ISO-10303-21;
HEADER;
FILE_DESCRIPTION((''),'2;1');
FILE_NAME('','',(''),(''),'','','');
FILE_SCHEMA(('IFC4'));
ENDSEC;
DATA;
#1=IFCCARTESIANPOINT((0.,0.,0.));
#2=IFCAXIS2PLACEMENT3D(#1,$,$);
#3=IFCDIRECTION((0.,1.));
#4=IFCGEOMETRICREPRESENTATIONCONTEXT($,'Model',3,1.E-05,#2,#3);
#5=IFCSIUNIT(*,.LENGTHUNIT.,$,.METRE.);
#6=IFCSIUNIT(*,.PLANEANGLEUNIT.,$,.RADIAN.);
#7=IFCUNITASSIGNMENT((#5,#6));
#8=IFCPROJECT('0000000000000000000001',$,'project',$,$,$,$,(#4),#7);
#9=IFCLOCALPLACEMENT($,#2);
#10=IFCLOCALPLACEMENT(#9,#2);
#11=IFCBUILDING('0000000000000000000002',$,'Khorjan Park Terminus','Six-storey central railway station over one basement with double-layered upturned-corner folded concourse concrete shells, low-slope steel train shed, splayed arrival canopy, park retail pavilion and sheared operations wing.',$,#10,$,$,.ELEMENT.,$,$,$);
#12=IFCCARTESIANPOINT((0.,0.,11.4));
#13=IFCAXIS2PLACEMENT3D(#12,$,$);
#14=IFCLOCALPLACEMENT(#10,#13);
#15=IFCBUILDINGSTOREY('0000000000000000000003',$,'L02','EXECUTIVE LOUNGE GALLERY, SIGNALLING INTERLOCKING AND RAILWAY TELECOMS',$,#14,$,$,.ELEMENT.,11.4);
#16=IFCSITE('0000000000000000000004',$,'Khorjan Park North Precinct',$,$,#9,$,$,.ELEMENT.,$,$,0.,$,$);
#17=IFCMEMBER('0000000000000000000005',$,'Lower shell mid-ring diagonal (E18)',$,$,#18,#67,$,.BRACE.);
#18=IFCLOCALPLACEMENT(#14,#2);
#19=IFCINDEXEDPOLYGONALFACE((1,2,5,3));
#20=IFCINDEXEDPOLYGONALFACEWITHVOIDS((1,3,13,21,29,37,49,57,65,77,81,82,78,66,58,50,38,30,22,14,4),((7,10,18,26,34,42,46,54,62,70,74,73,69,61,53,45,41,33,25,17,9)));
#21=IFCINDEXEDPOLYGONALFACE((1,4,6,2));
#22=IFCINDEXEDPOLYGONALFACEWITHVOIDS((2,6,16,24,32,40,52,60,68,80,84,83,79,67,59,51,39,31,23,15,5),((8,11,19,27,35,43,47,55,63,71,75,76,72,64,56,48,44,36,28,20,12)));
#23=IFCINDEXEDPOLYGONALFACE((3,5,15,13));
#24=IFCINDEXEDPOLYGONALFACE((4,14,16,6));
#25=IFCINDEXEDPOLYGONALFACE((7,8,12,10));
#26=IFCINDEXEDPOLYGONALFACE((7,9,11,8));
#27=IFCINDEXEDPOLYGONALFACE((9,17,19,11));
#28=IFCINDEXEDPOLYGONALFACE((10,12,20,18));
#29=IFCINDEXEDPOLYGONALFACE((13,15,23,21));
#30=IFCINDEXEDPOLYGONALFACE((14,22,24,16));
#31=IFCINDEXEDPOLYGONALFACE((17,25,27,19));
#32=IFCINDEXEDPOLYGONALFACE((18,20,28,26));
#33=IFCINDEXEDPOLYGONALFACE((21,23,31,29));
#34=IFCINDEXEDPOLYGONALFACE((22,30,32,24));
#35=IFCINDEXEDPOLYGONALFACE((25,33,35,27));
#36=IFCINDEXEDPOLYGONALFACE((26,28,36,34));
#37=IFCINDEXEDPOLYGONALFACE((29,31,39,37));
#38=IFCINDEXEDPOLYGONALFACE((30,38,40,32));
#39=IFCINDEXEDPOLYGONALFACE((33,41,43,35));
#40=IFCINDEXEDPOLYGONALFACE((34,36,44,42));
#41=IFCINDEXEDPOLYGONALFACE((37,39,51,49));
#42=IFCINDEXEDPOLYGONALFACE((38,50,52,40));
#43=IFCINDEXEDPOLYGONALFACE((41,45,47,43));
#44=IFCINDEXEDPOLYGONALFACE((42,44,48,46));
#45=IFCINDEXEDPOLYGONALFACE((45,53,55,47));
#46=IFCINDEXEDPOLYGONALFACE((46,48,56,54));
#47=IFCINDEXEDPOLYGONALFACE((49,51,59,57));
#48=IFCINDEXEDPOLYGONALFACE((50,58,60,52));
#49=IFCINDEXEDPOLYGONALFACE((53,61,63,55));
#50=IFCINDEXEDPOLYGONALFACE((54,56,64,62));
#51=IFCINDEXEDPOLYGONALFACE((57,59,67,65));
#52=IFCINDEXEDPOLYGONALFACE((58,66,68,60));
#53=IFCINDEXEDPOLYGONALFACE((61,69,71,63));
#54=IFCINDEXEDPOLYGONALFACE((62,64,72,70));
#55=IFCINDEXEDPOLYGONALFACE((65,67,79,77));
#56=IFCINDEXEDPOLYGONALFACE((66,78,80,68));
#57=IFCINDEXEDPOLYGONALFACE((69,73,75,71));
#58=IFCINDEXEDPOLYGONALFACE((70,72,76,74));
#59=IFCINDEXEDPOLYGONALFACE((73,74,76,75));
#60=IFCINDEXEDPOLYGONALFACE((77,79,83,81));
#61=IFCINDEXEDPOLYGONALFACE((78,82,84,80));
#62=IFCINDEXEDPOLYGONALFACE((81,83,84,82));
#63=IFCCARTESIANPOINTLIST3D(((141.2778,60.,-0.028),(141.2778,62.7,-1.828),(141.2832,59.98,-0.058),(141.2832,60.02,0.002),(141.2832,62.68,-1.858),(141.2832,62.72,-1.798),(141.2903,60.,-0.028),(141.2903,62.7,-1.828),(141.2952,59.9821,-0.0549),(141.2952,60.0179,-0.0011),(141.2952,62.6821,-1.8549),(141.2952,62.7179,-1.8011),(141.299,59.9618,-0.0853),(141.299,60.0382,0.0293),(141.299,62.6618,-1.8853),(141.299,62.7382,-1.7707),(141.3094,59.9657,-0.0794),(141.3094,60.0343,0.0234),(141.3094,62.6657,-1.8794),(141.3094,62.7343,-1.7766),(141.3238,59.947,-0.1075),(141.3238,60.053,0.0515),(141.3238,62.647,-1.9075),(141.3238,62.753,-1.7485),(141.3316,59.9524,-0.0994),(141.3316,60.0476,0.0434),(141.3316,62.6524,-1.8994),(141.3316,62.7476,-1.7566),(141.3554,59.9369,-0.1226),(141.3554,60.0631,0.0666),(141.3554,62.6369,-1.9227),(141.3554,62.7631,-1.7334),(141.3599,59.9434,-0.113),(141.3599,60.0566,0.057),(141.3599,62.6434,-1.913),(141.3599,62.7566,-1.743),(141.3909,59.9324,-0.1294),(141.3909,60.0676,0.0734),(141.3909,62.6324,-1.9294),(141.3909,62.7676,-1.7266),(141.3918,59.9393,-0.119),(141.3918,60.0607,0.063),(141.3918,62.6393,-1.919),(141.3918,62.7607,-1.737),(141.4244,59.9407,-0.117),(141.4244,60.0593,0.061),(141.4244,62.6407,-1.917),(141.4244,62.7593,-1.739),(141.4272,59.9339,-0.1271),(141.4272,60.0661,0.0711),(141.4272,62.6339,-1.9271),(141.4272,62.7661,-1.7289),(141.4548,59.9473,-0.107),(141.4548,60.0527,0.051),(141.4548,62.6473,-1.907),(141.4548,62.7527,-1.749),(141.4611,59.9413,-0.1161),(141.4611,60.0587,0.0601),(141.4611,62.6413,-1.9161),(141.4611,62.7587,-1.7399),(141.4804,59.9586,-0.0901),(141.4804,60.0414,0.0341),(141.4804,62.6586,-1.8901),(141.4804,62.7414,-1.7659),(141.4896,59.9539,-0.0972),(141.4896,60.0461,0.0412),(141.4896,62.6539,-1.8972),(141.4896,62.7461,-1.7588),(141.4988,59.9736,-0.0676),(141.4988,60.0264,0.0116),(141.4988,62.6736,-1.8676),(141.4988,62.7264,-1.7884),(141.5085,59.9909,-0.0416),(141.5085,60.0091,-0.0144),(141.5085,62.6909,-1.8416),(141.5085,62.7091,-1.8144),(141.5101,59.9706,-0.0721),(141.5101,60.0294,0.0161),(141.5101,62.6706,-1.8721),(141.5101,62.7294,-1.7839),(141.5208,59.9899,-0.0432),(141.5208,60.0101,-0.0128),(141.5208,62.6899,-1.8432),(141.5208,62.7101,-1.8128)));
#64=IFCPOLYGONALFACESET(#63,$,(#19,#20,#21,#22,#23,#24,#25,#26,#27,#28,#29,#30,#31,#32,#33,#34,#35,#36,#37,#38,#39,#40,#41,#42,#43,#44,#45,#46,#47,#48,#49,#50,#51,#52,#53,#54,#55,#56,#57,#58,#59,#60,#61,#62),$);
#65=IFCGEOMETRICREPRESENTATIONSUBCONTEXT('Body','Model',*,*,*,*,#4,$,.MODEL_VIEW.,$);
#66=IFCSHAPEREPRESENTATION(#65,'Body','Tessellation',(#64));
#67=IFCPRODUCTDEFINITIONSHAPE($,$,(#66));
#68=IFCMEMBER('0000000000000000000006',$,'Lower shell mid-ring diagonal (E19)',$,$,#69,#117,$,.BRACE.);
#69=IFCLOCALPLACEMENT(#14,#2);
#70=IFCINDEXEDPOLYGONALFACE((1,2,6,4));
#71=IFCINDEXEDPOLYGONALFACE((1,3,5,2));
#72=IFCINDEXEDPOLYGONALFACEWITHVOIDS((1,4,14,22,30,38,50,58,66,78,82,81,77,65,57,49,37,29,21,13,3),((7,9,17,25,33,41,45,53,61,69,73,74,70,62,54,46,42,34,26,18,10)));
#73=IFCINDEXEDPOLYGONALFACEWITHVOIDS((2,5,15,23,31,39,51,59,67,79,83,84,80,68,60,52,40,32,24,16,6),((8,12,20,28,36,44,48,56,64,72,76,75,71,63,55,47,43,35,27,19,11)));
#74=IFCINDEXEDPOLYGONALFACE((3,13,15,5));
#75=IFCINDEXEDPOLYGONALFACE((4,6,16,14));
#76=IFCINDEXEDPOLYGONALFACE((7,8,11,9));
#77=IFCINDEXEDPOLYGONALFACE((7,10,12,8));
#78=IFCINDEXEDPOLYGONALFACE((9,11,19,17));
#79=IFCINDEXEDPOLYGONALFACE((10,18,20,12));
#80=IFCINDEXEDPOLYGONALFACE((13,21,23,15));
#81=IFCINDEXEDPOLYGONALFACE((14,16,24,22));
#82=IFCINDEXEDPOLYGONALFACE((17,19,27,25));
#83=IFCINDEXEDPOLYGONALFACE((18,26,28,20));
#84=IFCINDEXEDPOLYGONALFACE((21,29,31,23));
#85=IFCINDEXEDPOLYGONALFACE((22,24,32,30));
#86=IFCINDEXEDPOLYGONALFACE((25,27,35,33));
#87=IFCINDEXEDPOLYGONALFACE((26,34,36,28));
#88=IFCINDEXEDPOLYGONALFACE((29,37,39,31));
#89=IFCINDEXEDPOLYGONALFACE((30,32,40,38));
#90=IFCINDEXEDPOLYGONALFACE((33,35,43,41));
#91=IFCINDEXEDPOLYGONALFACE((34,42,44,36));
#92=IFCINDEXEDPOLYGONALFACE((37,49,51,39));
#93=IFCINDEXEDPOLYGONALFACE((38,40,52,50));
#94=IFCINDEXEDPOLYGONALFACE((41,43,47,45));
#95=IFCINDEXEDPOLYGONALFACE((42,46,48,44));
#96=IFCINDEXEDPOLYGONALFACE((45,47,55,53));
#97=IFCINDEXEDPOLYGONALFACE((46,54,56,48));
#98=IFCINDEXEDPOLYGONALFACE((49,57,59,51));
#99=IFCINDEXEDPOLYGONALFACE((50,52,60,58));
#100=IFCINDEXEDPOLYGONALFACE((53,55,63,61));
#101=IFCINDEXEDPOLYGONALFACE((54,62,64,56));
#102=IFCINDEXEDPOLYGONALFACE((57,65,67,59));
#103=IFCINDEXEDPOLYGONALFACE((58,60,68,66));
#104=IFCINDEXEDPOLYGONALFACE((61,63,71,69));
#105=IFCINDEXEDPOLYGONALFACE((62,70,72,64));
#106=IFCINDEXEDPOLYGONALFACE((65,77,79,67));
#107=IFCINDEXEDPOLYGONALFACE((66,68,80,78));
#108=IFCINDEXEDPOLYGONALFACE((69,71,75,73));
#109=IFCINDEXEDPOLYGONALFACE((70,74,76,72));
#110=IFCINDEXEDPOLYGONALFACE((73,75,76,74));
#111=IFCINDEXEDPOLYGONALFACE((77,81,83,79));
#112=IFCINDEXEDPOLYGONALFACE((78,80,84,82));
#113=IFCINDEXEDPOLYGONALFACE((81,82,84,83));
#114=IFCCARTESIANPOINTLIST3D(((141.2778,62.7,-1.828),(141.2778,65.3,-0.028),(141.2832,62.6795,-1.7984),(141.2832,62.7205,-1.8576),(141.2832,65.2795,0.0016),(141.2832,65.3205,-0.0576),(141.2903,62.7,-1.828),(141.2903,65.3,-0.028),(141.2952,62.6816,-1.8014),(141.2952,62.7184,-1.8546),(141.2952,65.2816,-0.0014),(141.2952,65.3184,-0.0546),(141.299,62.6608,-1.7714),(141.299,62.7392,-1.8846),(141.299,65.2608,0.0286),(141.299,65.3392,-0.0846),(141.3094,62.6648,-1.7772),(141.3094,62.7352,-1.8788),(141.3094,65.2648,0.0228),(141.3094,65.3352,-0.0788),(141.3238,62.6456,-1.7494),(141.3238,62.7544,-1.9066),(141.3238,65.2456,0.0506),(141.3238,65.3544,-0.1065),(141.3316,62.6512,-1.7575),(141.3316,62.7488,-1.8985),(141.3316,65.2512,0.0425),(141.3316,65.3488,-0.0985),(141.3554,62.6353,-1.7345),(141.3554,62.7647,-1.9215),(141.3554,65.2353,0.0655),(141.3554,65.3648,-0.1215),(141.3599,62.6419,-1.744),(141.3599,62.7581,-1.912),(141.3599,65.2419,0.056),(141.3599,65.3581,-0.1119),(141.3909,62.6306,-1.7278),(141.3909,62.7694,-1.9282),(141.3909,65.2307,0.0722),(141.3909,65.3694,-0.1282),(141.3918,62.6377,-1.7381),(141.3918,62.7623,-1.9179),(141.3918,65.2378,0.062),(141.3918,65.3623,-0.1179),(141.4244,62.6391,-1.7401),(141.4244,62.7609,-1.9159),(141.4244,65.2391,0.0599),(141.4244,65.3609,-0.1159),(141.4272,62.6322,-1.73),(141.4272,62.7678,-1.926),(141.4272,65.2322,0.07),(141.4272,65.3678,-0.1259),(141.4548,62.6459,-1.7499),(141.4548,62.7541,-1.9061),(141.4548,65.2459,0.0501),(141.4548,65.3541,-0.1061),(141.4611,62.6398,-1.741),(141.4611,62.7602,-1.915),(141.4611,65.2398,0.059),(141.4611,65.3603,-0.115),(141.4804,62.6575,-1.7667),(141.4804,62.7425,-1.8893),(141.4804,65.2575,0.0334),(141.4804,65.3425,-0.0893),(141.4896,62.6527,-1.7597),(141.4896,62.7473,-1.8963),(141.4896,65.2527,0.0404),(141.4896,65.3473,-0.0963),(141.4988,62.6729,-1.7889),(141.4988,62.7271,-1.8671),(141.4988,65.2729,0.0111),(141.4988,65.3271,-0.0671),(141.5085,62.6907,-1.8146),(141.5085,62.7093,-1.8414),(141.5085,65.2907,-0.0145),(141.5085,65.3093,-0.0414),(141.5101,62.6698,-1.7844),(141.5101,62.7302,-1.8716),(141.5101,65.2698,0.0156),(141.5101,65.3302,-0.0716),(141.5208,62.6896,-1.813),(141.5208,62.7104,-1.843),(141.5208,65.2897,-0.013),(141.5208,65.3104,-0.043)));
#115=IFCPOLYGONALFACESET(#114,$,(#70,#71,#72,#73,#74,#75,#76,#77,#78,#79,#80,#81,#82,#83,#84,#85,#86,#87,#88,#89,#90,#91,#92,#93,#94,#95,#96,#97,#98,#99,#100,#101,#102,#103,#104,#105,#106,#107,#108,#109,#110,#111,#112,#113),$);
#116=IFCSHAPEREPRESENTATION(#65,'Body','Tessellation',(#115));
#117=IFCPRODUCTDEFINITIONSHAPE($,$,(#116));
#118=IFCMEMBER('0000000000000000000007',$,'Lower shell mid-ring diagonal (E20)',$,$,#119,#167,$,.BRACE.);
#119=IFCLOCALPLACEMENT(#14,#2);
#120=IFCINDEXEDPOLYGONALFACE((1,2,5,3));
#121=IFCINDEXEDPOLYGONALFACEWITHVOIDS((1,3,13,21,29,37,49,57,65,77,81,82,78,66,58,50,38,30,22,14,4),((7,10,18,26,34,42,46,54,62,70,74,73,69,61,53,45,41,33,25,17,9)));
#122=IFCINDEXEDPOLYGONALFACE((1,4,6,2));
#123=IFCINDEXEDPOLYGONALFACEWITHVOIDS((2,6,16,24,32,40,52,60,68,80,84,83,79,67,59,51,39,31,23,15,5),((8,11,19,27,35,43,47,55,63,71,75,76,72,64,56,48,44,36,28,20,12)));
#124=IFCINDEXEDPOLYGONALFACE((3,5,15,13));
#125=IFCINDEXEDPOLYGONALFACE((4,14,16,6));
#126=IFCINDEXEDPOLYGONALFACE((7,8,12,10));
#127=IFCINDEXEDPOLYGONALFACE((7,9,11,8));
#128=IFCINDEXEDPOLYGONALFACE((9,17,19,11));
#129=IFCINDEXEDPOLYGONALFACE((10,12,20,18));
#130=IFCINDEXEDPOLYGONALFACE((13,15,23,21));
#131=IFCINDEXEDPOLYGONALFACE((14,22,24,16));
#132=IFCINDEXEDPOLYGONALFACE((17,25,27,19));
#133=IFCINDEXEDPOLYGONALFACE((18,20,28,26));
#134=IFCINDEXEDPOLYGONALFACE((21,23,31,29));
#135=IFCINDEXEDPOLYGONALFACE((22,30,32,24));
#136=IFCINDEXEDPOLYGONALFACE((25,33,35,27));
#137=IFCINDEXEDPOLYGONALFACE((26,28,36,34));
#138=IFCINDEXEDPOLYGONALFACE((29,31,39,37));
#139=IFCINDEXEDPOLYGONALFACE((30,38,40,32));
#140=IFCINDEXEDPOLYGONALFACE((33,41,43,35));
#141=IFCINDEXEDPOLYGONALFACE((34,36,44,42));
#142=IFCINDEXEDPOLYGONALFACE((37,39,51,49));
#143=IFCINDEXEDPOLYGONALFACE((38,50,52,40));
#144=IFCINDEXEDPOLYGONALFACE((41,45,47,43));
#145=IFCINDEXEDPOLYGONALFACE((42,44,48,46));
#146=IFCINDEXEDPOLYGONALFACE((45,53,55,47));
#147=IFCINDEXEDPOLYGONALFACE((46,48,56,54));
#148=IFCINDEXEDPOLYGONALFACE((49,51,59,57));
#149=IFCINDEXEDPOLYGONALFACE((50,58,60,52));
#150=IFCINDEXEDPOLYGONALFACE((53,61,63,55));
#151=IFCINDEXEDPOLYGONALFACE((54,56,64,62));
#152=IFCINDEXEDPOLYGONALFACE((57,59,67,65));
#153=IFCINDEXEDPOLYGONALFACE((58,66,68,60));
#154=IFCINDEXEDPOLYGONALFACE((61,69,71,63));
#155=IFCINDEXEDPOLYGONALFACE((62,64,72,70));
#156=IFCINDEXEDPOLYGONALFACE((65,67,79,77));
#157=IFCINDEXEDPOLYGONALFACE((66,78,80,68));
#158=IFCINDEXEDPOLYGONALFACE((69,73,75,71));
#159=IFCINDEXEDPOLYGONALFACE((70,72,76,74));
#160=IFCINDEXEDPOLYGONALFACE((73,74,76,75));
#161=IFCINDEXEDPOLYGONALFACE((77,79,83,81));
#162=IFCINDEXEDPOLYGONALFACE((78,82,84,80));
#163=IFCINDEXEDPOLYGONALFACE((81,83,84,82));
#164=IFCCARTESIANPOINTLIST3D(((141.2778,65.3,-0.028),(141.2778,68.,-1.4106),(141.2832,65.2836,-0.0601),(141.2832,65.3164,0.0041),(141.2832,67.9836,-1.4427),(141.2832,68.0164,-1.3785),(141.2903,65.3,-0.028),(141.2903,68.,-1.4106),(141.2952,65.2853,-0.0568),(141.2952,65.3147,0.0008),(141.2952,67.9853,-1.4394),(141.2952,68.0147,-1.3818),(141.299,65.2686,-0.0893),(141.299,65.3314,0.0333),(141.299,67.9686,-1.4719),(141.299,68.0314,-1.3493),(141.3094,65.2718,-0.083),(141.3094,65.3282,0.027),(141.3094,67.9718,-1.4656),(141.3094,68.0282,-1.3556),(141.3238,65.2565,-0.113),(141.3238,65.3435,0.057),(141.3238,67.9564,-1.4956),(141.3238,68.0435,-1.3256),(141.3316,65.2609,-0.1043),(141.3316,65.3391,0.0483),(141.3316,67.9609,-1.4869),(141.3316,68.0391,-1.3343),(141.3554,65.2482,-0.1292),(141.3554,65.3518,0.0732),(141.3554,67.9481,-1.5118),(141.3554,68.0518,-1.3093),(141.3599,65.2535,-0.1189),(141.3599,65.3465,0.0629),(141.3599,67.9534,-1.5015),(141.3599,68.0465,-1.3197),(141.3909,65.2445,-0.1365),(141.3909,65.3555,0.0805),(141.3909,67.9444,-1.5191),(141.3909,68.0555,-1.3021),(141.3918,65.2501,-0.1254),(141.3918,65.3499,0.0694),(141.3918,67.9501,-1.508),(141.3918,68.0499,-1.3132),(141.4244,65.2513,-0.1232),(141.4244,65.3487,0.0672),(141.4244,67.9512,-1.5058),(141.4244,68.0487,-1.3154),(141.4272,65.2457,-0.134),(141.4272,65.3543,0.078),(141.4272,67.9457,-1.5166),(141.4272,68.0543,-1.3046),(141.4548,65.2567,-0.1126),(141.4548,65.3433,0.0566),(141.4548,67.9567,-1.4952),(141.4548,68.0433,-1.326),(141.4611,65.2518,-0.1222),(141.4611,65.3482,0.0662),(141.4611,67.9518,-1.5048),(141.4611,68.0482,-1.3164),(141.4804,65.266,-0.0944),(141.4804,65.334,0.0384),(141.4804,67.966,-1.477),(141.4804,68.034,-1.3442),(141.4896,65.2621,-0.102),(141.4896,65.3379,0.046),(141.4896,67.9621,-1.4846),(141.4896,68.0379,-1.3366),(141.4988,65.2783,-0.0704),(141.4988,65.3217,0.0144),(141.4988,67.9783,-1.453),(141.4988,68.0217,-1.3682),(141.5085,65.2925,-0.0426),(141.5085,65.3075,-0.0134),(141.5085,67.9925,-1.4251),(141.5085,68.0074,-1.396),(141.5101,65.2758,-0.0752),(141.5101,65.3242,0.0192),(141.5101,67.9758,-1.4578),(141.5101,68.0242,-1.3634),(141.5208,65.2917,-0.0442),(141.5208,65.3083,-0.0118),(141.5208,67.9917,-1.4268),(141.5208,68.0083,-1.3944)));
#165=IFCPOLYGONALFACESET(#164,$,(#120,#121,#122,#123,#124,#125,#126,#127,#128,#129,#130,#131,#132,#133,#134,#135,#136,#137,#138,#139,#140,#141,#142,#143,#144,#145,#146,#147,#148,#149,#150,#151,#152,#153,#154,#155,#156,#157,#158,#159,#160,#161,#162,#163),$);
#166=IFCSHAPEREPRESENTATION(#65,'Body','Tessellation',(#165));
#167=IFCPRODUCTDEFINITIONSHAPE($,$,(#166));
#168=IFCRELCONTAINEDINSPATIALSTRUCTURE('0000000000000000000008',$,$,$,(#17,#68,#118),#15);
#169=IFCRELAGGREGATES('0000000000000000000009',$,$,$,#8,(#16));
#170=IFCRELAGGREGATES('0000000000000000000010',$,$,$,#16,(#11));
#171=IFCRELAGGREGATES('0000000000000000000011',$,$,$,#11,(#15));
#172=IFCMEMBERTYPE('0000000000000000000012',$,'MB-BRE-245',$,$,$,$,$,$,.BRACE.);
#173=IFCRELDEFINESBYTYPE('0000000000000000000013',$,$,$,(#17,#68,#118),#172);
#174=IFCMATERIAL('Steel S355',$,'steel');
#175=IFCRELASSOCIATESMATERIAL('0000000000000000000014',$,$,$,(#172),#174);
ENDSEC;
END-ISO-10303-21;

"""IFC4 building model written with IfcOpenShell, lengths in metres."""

from ifc_helpers import new_model, si_unit, direction, frame, origin, origin_2d, place, context, subcontext, project, spatial, hollow_circle, extrude, material, material_profile, profile_set, type_object, element, save


model = new_model("IFC4")

# Units and contexts
model_context = context("Model", 3, precision=1e-05, world=origin(), true_north=direction((0.0, 1.0)))
body_context = subcontext(model_context, "Body", "Model", "MODEL_VIEW")
ifc_project = project(units=[si_unit("LENGTHUNIT", "METRE"), si_unit("PLANEANGLEUNIT", "RADIAN")], contexts=[model_context])

# Site, building, storey
site_placement = place(None, origin())
site = spatial("IfcSite", under=ifc_project, at=site_placement, Name="Khorjan Park North Precinct", CompositionType="ELEMENT", RefElevation=0.0)
building_placement = place(site_placement, origin())
building = spatial("IfcBuilding", under=site, at=building_placement, Name="Khorjan Park Terminus", Description="Six-storey central railway station over one basement with double-layered upturned-corner folded concourse concrete shells, low-slope steel train shed, splayed arrival canopy, park retail pavilion and sheared operations wing.", CompositionType="ELEMENT")
storey_placement = place(building_placement, frame((0.0, 0.0, 11.4)))
storey = spatial("IfcBuildingStorey", under=building, at=storey_placement, Name="L02", Description="EXECUTIVE LOUNGE GALLERY, SIGNALLING INTERLOCKING AND RAILWAY TELECOMS", CompositionType="ELEMENT", Elevation=11.4)

# Members
ifc_material_1 = material(Name="Steel S355", Category="steel")
ifc_material_profile_1 = material_profile(ifc_material_1, hollow_circle(Radius=0.1222, WallThickness=0.0125, at=origin_2d()), Name="CHS 244.5x12.5")
ifc_profile_set_1 = profile_set([ifc_material_profile_1], Name="Steel S355")
member_type_1 = type_object("IfcMemberType", Name="MB-BRE-245", PredefinedType="BRACE", material=ifc_profile_set_1)
member_1_placement = place(storey_placement, frame((141.4, 60.0, -0.028), z_axis=(0.0, 0.83205, -0.5547), x_axis=(-1.0, 0.0, 0.0)))
element("IfcMember", 1, at=member_1_placement, inside=storey, type_object=member_type_1, Name="Lower shell mid-ring diagonal (E18)", PredefinedType="BRACE", context=body_context, shape_type="SweptSolid", body=[
    extrude(hollow_circle(Radius=0.1222, WallThickness=0.0125, at=origin_2d()), origin(), (0.0, 0.0, 1.0), 3.245),
])
member_2_placement = place(storey_placement, frame((141.4, 62.7, -1.828), z_axis=(0.0, 0.822192, 0.56921), x_axis=(-1.0, 0.0, 0.0)))
element("IfcMember", 2, at=member_2_placement, inside=storey, type_object=member_type_1, Name="Lower shell mid-ring diagonal (E19)", PredefinedType="BRACE", context=body_context, shape_type="SweptSolid", body=[
    extrude(hollow_circle(Radius=0.1222, WallThickness=0.0125, at=origin_2d()), origin(), (0.0, 0.0, 1.0), 3.1623),
])
member_3_placement = place(storey_placement, frame((141.4, 65.3, -0.028), z_axis=(0.0, 0.890087, -0.455791), x_axis=(-1.0, 0.0, 0.0)))
element("IfcMember", 3, at=member_3_placement, inside=storey, type_object=member_type_1, Name="Lower shell mid-ring diagonal (E20)", PredefinedType="BRACE", context=body_context, shape_type="SweptSolid", body=[
    extrude(hollow_circle(Radius=0.1222, WallThickness=0.0125, at=origin_2d()), origin(), (0.0, 0.0, 1.0), 3.0334),
])

save(model, "model.ifc")
